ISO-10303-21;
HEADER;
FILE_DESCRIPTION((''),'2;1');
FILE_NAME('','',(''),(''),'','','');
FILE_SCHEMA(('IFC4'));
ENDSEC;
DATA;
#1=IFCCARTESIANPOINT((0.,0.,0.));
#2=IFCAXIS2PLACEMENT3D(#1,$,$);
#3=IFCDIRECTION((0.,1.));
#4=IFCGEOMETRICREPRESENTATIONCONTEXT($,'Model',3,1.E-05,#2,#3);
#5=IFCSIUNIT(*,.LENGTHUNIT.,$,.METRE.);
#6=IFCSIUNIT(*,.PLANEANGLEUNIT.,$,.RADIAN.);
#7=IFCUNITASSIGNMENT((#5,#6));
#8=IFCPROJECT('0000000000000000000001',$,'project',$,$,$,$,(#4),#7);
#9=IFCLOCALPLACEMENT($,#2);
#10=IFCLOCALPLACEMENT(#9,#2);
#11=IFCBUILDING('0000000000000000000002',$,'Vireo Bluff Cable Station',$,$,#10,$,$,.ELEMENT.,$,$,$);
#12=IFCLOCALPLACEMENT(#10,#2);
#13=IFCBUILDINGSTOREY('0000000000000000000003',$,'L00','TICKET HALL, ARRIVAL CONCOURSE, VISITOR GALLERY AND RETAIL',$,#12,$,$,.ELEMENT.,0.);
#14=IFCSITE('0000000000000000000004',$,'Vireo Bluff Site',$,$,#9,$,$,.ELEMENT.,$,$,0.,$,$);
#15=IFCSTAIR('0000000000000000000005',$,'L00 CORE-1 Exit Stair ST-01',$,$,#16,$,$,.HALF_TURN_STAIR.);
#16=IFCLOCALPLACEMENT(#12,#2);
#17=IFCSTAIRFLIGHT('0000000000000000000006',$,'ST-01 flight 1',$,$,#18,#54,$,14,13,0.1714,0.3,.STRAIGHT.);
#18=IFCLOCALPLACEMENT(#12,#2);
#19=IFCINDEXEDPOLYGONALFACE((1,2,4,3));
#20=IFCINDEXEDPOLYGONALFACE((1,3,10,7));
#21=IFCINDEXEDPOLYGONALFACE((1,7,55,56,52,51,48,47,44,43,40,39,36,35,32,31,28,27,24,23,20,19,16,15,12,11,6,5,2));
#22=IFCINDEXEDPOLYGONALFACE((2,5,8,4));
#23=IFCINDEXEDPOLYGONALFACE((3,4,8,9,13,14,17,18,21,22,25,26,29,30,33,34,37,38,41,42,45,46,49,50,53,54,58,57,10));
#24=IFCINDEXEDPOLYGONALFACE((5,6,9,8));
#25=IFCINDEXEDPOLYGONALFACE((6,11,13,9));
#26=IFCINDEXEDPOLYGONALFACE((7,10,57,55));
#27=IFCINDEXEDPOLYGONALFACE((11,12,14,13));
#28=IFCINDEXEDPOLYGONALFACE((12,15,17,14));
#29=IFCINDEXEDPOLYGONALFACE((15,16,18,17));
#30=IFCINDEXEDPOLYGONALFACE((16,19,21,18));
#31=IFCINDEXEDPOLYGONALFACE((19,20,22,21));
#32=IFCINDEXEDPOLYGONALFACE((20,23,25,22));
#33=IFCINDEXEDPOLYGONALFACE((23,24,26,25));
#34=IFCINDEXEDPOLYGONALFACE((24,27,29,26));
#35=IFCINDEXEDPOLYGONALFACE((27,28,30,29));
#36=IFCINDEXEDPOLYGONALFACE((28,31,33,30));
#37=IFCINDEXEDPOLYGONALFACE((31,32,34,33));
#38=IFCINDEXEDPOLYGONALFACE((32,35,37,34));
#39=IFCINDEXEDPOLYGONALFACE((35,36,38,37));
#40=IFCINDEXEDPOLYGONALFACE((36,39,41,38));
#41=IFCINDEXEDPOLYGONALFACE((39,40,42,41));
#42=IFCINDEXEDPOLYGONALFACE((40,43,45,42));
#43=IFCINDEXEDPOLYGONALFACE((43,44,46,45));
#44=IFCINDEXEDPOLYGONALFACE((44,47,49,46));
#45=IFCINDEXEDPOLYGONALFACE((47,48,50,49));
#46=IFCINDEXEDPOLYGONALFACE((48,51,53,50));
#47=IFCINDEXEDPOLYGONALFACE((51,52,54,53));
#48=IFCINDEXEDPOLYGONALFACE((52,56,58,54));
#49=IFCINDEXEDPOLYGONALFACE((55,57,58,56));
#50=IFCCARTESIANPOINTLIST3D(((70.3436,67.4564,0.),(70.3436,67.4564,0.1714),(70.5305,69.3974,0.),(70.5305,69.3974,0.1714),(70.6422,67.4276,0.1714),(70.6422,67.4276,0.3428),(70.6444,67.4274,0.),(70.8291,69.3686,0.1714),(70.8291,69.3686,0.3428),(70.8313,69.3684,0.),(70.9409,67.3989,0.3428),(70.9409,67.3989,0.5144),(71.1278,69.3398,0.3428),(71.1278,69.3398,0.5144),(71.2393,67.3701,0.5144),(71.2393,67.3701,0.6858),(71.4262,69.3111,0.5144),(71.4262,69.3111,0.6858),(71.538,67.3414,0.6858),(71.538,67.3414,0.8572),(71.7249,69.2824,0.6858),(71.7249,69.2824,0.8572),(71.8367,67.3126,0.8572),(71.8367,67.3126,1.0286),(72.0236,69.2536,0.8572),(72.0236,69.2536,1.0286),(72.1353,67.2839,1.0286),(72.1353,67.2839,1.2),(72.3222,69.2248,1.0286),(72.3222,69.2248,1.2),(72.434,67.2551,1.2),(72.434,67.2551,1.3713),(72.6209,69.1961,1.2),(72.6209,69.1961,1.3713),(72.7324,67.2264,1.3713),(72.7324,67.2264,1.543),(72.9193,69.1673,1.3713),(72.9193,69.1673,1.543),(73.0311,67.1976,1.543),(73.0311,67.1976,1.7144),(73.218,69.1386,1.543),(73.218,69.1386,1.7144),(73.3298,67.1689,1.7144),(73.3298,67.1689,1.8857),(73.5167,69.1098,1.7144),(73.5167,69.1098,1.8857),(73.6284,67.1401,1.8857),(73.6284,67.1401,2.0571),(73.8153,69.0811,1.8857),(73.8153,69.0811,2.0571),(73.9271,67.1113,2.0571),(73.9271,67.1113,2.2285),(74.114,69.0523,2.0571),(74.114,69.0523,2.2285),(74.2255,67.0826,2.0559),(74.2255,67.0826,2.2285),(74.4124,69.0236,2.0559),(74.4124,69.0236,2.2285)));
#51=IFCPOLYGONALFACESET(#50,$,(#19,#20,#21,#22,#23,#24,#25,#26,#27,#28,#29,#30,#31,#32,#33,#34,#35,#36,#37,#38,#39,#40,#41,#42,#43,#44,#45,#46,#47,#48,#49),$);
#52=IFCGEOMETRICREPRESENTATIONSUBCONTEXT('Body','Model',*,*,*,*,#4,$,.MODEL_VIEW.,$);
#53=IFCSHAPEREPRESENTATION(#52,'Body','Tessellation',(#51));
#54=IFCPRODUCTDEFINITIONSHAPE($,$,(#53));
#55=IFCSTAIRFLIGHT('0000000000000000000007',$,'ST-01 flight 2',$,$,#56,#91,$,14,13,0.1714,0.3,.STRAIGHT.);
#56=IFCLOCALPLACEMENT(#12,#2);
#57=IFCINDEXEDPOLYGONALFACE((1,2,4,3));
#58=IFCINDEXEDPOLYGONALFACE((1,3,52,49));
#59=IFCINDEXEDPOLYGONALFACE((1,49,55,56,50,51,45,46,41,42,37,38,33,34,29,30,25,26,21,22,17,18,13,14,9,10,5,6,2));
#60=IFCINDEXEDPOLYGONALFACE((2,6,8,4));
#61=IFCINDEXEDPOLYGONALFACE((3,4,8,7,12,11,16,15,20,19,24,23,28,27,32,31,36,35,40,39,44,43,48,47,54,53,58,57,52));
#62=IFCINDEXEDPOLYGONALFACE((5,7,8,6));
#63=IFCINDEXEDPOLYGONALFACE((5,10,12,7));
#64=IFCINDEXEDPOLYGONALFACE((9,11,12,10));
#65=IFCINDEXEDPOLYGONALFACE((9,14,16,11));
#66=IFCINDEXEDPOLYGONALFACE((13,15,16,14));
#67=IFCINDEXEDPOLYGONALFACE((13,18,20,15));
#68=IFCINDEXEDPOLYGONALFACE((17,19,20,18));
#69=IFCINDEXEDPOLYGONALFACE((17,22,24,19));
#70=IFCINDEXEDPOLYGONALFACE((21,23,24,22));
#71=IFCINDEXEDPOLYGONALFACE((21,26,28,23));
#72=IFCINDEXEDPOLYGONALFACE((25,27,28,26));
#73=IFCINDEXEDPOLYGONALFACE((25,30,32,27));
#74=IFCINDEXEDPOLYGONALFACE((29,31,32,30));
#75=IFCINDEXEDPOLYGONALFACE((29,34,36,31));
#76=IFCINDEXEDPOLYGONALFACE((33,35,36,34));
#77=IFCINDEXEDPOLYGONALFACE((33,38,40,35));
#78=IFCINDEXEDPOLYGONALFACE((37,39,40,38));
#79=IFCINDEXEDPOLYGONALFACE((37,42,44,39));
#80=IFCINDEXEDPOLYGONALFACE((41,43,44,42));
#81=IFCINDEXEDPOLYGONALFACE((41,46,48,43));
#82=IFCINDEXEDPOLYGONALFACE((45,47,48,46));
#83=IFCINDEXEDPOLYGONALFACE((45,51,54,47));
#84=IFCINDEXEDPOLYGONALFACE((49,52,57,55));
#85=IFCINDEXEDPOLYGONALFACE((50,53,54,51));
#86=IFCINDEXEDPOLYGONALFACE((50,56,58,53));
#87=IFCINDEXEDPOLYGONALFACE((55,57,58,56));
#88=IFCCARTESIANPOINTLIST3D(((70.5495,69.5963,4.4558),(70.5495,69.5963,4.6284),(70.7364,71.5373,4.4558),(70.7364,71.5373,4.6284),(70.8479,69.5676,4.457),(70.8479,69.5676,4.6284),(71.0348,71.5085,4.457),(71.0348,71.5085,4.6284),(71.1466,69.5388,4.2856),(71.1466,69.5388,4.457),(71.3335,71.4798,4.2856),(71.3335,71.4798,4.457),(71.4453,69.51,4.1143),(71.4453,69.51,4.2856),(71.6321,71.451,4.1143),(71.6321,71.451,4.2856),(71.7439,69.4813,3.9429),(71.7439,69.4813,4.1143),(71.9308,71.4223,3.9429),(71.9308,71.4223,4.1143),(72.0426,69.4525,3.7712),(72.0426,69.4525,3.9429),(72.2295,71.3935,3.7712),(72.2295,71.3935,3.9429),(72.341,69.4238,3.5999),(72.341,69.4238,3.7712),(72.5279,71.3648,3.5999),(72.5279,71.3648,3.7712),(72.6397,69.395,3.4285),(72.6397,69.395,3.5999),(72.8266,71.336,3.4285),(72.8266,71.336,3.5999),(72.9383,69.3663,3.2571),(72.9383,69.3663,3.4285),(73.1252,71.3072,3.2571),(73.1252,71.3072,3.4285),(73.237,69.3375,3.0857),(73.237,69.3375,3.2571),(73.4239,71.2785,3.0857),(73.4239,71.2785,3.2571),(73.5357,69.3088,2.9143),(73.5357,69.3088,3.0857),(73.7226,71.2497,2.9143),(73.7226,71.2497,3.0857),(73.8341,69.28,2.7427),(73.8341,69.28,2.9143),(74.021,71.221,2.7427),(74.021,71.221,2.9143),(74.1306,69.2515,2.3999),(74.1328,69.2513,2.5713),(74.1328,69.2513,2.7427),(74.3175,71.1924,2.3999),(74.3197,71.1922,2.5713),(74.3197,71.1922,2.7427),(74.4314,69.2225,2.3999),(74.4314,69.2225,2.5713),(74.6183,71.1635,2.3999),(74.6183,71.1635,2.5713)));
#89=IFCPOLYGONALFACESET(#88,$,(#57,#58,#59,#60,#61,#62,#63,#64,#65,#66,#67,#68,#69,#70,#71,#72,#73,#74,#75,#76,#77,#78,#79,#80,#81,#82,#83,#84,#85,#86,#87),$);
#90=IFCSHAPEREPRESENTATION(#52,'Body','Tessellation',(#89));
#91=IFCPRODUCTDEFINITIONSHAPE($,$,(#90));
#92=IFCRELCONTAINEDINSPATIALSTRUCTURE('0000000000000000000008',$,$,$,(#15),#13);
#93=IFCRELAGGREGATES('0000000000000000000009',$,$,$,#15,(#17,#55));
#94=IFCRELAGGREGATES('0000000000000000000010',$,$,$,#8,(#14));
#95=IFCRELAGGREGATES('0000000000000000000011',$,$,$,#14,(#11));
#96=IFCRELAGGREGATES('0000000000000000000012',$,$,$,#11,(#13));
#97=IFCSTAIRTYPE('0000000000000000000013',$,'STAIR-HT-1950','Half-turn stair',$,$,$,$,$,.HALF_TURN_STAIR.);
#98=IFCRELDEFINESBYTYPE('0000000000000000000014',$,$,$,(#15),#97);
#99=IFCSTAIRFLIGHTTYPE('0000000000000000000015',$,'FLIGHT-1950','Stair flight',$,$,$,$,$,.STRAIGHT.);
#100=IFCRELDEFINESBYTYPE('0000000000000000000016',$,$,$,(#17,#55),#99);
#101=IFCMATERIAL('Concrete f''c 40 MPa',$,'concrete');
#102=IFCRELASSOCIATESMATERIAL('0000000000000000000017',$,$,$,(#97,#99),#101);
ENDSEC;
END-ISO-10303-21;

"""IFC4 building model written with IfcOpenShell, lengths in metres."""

from ifc_helpers import new_model, si_unit, direction, frame, origin, place, context, subcontext, project, spatial, polyline, outline, extrude, material, type_object, element, aggregate, save


model = new_model("IFC4")

# Units and contexts
model_context = context("Model", 3, precision=1e-05, world=origin(), true_north=direction((0.0, 1.0)))
body_context = subcontext(model_context, "Body", "Model", "MODEL_VIEW")
ifc_project = project(units=[si_unit("LENGTHUNIT", "METRE"), si_unit("PLANEANGLEUNIT", "RADIAN")], contexts=[model_context])

# Site, building, storey
site_placement = place(None, origin())
site = spatial("IfcSite", under=ifc_project, at=site_placement, Name="Vireo Bluff Site", CompositionType="ELEMENT", RefElevation=0.0)
building_placement = place(site_placement, origin())
building = spatial("IfcBuilding", under=site, at=building_placement, Name="Vireo Bluff Cable Station", CompositionType="ELEMENT")
storey_placement = place(building_placement, origin())
storey = spatial("IfcBuildingStorey", under=building, at=storey_placement, Name="L00", Description="TICKET HALL, ARRIVAL CONCOURSE, VISITOR GALLERY AND RETAIL", CompositionType="ELEMENT", Elevation=0.0)

# Shared definitions
ifc_material_1 = material(Name="Concrete f'c 40 MPa", Category="concrete")

# Stair, stair flights
stair_type = type_object("IfcStairType", Name="STAIR-HT-1950", Description="Half-turn stair", PredefinedType="HALF_TURN_STAIR", material=ifc_material_1)
stair_placement = place(storey_placement, origin())
stair = element("IfcStair", 1, at=stair_placement, inside=storey, type_object=stair_type, Name="L00 CORE-1 Exit Stair ST-01", PredefinedType="HALF_TURN_STAIR")
stair_flight_type = type_object("IfcStairFlightType", Name="FLIGHT-1950", Description="Stair flight", PredefinedType="STRAIGHT", material=ifc_material_1)
stair_flight_1_placement = place(storey_placement, frame((70.437, 68.4268, 0.0), z_axis=(0.0, 0.0, 1.0), x_axis=(0.995396, -0.095846, 0.0)))
stair_flight_1 = element("IfcStairFlight", 2, at=stair_flight_1_placement, type_object=stair_flight_type, Name="ST-01 flight 1", NumberOfRisers=14, NumberOfTreads=13, PredefinedType="STRAIGHT", RiserHeight=0.1714, TreadLength=0.3, context=body_context, shape_type="SweptSolid", body=[
    extrude(outline(polyline([(0.0, 0.0), (0.0, 0.1714), (0.3, 0.1714), (0.3, 0.3428), (0.6001, 0.3428), (0.6001, 0.5144), (0.8999, 0.5144), (0.8999, 0.6858), (1.2, 0.6858), (1.2, 0.8572), (1.5, 0.8572), (1.5, 1.0286), (1.8, 1.0286), (1.8, 1.2), (2.1001, 1.2), (2.1001, 1.3713), (2.3999, 1.3713), (2.3999, 1.543), (2.7, 1.543), (2.7, 1.7144), (3.0, 1.7144), (3.0, 1.8857), (3.3, 1.8857), (3.3, 2.0571), (3.6001, 2.0571), (3.6001, 2.2285), (3.8999, 2.2285), (3.8999, 2.3999), (3.8999, 2.0559), (0.3022, 0.0), (0.0, 0.0)])), frame((0.0, 0.9751, 0.0), z_axis=(0.0, -1.0, 0.0), x_axis=(1.0, 0.0, 0.0)), (0.0, 0.0, 1.0), 1.95),
])
stair_flight_2_placement = place(storey_placement, frame((74.5249, 70.1931, 2.3999), z_axis=(0.0, 0.0, 1.0), x_axis=(-0.995396, 0.095846, 0.0)))
stair_flight_2 = element("IfcStairFlight", 3, at=stair_flight_2_placement, type_object=stair_flight_type, Name="ST-01 flight 2", NumberOfRisers=14, NumberOfTreads=13, PredefinedType="STRAIGHT", RiserHeight=0.1714, TreadLength=0.3, context=body_context, shape_type="SweptSolid", body=[
    extrude(outline(polyline([(0.0, 0.0), (0.0, 0.1714), (0.3, 0.1714), (0.3, 0.3428), (0.6001, 0.3428), (0.6001, 0.5144), (0.8999, 0.5144), (0.8999, 0.6858), (1.2, 0.6858), (1.2, 0.8572), (1.5, 0.8572), (1.5, 1.0286), (1.8, 1.0286), (1.8, 1.2), (2.1001, 1.2), (2.1001, 1.3713), (2.3999, 1.3713), (2.3999, 1.543), (2.7, 1.543), (2.7, 1.7144), (3.0, 1.7144), (3.0, 1.8857), (3.3, 1.8857), (3.3, 2.0571), (3.6001, 2.0571), (3.6001, 2.2285), (3.8999, 2.2285), (3.8999, 2.3999), (3.8999, 2.0559), (0.3022, 0.0), (0.0, 0.0)])), frame((0.0, 0.9751, 0.0), z_axis=(0.0, -1.0, 0.0), x_axis=(1.0, 0.0, 0.0)), (0.0, 0.0, 1.0), 1.95),
])
aggregate(stair, [stair_flight_1, stair_flight_2])

save(model, "model.ifc")
